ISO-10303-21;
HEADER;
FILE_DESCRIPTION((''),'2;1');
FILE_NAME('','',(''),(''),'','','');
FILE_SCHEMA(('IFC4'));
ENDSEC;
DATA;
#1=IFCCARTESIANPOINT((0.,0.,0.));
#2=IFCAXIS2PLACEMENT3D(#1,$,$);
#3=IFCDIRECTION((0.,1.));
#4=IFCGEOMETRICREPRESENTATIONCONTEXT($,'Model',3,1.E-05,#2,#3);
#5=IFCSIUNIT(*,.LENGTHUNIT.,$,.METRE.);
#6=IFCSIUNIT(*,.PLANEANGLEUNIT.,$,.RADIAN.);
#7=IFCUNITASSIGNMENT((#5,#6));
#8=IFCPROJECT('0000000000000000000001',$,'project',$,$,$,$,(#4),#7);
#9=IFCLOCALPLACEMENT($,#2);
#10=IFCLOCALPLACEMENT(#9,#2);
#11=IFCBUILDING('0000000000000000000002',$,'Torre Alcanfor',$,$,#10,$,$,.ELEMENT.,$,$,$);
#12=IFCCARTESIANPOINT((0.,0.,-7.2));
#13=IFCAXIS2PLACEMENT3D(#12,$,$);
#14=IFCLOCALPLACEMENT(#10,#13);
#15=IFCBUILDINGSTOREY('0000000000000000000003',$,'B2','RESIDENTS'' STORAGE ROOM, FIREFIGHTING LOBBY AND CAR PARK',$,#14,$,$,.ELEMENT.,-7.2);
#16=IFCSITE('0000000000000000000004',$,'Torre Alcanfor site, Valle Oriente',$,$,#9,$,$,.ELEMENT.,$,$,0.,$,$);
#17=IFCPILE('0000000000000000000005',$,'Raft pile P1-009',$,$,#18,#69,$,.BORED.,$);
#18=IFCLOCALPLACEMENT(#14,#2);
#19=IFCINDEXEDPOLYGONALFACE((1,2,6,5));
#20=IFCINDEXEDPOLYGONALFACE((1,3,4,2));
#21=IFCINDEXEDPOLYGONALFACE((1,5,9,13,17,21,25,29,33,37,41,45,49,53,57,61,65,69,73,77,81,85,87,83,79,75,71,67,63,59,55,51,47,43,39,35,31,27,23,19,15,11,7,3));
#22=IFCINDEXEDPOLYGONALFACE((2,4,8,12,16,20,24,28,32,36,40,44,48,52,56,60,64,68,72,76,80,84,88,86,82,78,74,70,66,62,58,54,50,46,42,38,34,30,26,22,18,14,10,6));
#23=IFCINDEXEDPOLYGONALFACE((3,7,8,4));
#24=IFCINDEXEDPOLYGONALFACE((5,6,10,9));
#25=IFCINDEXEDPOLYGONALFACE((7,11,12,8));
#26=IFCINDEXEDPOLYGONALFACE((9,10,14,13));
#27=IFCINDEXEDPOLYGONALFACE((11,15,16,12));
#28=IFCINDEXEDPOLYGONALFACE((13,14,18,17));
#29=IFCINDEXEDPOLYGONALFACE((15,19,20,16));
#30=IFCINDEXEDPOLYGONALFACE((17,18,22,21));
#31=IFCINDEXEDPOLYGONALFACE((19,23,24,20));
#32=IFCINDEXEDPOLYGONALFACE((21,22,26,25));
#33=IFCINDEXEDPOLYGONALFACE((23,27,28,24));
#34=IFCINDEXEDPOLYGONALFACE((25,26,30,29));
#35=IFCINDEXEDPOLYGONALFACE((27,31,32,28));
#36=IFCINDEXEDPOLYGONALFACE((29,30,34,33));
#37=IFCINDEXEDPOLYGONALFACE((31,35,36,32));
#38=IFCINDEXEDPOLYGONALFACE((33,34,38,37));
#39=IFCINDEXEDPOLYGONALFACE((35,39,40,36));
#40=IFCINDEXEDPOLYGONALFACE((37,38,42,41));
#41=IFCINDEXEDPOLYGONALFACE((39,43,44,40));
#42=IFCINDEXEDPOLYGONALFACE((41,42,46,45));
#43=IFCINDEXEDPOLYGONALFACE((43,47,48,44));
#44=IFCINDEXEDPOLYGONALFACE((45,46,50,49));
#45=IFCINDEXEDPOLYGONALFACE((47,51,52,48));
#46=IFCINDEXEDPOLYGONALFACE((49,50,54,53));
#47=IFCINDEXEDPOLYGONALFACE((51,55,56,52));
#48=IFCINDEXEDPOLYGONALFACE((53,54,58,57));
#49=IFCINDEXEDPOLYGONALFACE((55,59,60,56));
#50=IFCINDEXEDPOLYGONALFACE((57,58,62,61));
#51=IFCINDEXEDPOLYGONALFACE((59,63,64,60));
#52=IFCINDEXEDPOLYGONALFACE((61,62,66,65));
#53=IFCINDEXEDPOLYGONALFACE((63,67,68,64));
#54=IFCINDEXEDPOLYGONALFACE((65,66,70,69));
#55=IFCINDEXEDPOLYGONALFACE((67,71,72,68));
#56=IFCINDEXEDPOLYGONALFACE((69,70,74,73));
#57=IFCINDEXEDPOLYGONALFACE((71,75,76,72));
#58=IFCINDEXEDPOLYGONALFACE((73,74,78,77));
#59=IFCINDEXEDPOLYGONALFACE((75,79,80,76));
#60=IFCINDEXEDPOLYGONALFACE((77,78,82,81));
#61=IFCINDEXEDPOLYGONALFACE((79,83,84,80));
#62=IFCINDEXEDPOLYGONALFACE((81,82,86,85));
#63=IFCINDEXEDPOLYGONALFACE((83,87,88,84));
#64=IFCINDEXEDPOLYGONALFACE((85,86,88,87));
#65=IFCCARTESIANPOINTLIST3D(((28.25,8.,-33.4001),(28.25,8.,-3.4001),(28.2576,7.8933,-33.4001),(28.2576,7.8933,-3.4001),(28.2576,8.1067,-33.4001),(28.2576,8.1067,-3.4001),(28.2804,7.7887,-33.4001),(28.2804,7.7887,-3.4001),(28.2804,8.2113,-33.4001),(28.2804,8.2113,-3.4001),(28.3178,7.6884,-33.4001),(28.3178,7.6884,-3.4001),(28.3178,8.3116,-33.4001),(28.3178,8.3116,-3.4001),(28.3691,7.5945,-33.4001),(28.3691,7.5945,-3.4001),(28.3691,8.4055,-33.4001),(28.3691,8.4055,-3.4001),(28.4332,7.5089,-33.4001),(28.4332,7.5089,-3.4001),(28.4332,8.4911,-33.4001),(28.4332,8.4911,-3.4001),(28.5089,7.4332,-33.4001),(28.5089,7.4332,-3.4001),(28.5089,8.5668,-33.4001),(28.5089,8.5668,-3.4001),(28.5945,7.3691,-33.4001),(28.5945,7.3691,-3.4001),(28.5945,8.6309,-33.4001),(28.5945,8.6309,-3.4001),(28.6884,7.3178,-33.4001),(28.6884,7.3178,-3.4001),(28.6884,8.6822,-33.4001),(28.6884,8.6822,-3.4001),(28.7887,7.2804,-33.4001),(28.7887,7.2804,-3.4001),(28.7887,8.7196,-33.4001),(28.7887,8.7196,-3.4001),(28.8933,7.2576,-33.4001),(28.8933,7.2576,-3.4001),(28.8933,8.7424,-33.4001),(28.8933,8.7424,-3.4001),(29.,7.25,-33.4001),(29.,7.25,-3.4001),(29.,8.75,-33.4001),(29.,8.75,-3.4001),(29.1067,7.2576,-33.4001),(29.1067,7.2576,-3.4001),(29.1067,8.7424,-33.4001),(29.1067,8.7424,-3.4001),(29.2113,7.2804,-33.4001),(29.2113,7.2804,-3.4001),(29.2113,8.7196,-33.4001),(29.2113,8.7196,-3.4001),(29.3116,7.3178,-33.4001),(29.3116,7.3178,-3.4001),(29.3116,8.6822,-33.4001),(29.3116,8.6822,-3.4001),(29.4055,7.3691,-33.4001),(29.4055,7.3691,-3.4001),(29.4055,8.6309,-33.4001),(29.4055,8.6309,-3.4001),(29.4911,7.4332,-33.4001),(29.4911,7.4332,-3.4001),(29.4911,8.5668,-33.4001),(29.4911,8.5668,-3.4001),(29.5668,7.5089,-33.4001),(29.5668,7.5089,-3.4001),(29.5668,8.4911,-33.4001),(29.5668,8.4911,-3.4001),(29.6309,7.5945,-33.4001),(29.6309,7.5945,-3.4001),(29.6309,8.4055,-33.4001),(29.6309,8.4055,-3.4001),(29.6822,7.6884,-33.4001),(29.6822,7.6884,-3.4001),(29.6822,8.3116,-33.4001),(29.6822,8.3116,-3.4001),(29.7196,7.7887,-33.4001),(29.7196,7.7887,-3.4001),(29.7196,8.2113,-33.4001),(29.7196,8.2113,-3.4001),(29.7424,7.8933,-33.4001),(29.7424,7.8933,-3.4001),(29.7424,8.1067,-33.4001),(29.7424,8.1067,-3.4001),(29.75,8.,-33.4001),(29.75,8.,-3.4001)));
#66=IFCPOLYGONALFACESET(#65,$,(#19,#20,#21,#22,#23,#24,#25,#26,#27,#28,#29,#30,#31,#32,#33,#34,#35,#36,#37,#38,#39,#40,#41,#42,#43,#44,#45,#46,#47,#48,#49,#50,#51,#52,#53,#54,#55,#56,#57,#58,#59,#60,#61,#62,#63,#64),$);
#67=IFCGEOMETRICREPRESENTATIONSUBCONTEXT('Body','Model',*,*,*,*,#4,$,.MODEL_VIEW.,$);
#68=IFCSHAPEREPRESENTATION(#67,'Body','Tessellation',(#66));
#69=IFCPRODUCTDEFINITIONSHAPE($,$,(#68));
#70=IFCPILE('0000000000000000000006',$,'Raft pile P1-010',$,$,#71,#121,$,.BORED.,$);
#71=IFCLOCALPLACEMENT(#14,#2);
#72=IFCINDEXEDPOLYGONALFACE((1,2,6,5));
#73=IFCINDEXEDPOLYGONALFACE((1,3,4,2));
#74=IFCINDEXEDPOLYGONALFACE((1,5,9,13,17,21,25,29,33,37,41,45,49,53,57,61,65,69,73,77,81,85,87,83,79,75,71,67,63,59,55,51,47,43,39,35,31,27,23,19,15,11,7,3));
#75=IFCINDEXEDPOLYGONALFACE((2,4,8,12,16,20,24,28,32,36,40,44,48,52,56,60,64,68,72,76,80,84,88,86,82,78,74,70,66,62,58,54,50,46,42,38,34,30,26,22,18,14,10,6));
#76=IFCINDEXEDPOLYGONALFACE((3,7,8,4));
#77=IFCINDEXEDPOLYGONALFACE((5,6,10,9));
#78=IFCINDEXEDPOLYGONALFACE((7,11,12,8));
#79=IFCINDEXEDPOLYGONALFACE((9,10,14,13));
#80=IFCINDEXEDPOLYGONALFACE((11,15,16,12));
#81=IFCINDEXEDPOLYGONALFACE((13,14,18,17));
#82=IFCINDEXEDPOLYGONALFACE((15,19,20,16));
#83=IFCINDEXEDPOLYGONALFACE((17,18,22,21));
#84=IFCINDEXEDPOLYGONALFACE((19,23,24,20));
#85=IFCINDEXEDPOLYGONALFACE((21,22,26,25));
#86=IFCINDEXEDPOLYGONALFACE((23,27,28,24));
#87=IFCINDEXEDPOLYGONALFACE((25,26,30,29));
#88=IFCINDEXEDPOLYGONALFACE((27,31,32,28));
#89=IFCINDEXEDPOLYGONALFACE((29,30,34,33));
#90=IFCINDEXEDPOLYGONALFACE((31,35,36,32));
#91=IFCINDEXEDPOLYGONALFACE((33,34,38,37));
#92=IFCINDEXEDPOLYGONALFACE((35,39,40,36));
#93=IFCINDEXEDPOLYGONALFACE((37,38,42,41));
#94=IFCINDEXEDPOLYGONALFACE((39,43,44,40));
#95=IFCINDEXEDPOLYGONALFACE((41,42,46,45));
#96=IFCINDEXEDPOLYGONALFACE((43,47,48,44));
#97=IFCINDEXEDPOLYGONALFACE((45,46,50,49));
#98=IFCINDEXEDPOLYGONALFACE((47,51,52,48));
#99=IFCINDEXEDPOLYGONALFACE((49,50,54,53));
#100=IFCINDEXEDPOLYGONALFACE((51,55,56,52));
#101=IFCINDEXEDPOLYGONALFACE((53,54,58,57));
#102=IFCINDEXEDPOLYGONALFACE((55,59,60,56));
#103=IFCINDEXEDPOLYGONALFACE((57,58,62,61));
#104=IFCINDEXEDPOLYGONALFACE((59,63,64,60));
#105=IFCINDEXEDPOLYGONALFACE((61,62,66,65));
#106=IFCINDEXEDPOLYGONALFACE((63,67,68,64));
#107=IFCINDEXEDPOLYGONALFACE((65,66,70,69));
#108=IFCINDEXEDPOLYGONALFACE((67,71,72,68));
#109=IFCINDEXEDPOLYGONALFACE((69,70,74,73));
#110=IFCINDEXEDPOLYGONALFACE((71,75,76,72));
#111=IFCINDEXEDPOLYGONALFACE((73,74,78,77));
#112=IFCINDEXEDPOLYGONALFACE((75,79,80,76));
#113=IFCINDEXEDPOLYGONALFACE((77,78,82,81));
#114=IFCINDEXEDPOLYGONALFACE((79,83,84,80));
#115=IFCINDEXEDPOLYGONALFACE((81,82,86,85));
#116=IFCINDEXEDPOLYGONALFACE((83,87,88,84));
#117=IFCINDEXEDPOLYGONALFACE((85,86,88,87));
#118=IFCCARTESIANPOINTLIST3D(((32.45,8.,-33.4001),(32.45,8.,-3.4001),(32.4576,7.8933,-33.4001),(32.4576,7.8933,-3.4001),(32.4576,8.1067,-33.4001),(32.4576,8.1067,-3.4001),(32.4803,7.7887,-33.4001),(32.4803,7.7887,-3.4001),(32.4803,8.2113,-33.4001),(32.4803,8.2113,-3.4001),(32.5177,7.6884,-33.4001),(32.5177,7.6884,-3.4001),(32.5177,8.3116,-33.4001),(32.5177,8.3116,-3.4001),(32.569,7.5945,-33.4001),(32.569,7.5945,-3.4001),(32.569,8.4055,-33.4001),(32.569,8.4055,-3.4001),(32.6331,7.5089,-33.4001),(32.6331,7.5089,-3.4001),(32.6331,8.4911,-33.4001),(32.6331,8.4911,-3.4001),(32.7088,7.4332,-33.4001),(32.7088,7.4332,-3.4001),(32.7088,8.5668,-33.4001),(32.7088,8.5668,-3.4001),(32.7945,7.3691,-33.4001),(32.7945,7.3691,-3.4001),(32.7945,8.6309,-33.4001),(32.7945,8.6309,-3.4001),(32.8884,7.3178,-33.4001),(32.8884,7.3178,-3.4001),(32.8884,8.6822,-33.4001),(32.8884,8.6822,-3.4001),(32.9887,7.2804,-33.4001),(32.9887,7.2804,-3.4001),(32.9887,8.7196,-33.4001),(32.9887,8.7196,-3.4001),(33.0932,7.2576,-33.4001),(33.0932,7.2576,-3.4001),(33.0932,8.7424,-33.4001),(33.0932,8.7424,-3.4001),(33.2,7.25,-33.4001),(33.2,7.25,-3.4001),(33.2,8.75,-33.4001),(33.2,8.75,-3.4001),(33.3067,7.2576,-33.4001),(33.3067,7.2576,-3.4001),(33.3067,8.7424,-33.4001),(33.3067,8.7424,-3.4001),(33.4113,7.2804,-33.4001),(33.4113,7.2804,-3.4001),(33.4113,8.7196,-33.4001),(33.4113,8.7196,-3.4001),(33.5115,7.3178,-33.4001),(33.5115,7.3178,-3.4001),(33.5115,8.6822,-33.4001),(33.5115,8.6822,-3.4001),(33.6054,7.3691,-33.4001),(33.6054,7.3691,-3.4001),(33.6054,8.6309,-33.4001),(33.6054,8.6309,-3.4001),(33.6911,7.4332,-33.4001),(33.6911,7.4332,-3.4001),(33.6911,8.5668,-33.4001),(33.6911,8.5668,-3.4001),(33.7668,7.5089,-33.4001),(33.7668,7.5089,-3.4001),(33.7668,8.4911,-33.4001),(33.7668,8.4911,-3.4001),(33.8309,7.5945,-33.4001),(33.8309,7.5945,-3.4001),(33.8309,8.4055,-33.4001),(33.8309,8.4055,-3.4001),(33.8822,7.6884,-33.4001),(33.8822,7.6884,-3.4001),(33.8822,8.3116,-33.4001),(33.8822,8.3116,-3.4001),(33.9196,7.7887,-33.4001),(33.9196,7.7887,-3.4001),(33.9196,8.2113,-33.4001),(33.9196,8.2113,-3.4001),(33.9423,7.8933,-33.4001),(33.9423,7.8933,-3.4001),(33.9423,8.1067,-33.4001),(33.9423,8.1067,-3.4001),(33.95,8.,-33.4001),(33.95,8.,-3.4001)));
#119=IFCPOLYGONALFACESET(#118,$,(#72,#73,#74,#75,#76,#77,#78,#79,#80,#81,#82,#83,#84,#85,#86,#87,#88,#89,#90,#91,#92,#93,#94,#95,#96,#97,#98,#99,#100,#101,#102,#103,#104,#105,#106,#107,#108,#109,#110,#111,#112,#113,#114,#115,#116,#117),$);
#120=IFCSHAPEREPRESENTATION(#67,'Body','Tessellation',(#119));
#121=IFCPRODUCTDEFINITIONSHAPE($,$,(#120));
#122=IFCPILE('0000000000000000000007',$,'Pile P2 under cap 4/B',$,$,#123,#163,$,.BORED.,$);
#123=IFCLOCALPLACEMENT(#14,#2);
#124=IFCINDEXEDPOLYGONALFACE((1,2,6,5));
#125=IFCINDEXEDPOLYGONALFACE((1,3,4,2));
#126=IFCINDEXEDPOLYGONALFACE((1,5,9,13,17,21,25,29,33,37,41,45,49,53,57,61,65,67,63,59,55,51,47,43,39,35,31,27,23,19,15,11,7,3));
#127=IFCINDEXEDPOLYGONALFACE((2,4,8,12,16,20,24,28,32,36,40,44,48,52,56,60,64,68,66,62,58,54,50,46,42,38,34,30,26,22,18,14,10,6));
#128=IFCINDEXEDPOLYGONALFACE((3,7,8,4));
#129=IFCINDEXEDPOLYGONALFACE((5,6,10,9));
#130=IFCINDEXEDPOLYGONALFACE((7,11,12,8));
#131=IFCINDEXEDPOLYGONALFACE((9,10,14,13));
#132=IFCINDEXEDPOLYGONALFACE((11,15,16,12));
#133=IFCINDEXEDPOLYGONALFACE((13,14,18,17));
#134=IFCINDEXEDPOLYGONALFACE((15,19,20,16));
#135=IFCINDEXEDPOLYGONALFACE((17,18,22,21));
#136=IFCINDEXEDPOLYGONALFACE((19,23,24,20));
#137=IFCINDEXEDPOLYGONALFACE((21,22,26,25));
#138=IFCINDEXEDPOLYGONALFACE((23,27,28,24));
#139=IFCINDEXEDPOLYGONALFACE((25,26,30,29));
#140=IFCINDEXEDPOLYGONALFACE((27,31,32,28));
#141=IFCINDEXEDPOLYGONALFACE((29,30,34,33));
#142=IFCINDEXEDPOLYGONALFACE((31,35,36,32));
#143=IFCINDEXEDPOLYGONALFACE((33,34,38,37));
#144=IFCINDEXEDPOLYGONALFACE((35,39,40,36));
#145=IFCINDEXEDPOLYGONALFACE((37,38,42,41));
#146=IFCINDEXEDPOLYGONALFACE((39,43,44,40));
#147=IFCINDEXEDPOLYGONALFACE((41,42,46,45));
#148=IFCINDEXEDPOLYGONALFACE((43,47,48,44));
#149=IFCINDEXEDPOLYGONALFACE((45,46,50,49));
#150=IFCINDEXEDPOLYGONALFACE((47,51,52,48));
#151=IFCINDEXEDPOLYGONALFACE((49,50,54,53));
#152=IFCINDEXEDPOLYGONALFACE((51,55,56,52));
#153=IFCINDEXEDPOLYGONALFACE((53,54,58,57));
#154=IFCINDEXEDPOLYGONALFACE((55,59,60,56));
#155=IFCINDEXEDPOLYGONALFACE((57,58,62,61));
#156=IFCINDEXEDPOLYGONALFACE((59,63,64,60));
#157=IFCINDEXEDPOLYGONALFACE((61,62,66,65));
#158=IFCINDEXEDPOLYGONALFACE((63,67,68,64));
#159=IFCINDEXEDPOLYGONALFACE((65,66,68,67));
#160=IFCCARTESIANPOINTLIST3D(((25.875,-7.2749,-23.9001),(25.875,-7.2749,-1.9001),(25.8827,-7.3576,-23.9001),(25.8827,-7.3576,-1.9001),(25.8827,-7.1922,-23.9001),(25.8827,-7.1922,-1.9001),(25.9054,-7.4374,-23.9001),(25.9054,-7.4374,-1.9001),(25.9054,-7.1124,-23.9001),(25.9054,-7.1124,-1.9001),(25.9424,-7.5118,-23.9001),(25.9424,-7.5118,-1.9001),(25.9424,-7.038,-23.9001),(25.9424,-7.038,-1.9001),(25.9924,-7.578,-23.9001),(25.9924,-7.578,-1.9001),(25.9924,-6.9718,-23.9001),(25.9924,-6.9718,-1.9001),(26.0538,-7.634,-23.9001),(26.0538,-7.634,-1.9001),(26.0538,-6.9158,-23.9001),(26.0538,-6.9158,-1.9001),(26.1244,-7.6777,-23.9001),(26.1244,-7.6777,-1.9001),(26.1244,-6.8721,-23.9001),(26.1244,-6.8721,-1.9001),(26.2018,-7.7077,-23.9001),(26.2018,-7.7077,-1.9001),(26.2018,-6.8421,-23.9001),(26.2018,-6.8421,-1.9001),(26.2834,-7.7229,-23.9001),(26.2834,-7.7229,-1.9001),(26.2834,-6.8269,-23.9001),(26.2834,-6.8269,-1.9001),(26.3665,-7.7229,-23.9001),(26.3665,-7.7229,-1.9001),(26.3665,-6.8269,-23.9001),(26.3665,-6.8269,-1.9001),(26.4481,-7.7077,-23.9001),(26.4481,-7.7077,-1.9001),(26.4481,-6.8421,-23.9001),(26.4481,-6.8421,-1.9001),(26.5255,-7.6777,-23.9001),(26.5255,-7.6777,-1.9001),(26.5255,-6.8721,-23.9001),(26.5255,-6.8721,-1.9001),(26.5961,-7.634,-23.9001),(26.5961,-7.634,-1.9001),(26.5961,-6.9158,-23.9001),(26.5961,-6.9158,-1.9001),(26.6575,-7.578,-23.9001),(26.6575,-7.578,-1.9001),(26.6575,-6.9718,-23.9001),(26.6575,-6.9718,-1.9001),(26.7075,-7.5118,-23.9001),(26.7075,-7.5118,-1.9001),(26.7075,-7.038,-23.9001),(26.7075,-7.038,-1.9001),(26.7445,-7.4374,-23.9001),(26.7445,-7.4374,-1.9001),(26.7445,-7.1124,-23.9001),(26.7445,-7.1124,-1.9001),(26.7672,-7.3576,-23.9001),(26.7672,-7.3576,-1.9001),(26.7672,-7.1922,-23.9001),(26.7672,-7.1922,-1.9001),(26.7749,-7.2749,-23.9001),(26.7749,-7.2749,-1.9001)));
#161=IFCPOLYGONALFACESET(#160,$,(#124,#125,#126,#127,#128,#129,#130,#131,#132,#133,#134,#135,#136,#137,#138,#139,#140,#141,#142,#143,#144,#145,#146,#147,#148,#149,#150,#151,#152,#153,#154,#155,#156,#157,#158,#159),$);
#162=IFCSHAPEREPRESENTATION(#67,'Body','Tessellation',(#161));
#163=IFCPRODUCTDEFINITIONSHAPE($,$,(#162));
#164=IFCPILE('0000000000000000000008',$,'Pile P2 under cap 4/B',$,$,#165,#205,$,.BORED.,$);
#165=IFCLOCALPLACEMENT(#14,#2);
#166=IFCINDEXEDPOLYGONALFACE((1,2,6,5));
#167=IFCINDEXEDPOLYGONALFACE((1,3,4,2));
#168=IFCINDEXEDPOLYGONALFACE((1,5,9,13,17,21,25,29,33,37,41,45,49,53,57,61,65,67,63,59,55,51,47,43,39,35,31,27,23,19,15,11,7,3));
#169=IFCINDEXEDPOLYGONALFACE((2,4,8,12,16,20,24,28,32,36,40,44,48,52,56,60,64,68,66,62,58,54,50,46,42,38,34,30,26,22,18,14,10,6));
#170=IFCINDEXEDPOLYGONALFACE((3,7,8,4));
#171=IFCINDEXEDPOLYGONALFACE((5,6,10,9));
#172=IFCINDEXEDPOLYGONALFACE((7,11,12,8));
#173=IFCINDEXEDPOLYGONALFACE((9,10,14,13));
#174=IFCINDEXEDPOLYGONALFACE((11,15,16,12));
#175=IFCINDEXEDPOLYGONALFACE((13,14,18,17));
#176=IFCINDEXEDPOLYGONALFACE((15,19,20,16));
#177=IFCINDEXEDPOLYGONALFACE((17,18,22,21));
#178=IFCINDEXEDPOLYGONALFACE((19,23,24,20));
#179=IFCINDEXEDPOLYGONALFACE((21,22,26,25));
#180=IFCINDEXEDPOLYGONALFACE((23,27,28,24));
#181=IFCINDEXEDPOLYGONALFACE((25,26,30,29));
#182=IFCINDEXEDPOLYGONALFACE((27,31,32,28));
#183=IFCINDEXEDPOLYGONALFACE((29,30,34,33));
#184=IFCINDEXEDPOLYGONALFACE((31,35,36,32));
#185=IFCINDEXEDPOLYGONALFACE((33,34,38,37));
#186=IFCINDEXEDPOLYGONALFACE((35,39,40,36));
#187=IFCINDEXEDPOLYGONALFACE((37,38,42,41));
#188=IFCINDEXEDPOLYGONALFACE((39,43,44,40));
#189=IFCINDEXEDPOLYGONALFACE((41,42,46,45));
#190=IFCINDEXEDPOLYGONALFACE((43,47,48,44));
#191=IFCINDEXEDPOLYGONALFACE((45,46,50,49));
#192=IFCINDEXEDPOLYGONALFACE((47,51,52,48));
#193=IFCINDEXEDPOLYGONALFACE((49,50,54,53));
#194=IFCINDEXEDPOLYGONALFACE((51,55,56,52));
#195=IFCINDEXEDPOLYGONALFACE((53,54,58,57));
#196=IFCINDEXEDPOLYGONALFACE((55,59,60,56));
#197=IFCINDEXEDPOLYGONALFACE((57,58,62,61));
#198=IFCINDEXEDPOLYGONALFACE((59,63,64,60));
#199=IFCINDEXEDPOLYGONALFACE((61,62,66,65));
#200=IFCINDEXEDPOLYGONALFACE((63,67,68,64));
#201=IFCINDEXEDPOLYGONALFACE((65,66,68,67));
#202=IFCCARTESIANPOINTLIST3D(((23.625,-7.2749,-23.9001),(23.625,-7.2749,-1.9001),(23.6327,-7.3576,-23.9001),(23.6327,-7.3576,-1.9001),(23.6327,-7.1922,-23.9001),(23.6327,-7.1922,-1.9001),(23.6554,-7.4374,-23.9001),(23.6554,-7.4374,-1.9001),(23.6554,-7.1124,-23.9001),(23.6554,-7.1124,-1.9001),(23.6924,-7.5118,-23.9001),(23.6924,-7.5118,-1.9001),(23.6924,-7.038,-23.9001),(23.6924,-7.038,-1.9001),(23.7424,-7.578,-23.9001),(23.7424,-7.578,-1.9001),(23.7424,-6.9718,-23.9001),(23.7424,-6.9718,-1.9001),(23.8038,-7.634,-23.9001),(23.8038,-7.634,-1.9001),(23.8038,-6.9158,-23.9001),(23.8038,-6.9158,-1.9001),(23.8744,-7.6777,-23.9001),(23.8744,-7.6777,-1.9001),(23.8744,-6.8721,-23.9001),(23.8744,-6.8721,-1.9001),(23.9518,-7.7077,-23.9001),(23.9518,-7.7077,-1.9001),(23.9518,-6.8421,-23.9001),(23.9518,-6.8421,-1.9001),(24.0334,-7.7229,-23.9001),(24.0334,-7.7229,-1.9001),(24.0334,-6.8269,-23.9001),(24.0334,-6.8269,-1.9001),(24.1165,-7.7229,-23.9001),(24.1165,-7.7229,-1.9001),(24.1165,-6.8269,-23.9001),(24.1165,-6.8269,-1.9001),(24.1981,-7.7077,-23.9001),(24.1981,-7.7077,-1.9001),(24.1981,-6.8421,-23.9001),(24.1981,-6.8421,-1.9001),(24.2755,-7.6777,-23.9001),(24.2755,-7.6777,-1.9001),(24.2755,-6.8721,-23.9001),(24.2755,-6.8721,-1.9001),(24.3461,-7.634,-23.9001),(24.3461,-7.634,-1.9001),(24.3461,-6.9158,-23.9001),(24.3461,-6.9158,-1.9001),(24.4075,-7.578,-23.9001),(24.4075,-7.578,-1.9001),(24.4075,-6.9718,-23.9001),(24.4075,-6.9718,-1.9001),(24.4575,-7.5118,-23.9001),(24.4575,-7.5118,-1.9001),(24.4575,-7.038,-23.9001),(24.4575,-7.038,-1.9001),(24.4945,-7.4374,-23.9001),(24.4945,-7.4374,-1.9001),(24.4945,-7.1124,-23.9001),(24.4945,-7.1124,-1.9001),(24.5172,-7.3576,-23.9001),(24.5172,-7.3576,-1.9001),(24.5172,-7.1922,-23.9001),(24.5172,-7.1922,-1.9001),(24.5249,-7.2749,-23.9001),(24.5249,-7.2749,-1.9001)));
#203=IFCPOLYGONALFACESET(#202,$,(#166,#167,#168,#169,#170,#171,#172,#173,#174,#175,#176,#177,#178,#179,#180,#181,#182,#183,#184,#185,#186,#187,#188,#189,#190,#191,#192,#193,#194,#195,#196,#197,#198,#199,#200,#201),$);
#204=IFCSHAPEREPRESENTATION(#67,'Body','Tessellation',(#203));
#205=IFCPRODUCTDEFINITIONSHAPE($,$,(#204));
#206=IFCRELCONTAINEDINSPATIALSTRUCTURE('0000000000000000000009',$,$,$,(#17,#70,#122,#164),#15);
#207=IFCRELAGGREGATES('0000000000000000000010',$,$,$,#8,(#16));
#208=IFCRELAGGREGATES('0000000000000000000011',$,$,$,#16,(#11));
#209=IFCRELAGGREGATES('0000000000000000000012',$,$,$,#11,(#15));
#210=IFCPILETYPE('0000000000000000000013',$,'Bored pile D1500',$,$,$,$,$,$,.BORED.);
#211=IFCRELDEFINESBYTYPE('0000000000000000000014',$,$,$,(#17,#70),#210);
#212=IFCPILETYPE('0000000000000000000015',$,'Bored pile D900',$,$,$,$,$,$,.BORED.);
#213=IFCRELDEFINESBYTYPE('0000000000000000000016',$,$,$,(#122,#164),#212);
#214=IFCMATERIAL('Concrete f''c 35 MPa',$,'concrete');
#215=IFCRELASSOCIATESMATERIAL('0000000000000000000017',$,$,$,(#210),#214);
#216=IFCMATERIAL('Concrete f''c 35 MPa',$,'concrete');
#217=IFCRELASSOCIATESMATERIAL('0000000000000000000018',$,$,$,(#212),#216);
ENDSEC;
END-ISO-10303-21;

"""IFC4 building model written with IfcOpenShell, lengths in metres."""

from ifc_helpers import new_model, si_unit, direction, frame, origin, origin_2d, place, context, subcontext, project, spatial, circle, extrude, material, material_profile, profile_set, type_object, element, save


model = new_model("IFC4")

# Units and contexts
model_context = context("Model", 3, precision=1e-05, world=origin(), true_north=direction((0.0, 1.0)))
body_context = subcontext(model_context, "Body", "Model", "MODEL_VIEW")
ifc_project = project(units=[si_unit("LENGTHUNIT", "METRE"), si_unit("PLANEANGLEUNIT", "RADIAN")], contexts=[model_context])

# Site, building, storey
site_placement = place(None, origin())
site = spatial("IfcSite", under=ifc_project, at=site_placement, Name="Torre Alcanfor site, Valle Oriente", CompositionType="ELEMENT", RefElevation=0.0)
building_placement = place(site_placement, origin())
building = spatial("IfcBuilding", under=site, at=building_placement, Name="Torre Alcanfor", CompositionType="ELEMENT")
storey_placement = place(building_placement, frame((0.0, 0.0, -7.2)))
storey = spatial("IfcBuildingStorey", under=building, at=storey_placement, Name="B2", Description="RESIDENTS' STORAGE ROOM, FIREFIGHTING LOBBY AND CAR PARK", CompositionType="ELEMENT", Elevation=-7.2)

# Piles
ifc_material_1 = material(Name="Concrete f'c 35 MPa", Category="concrete")
ifc_material_profile_1 = material_profile(ifc_material_1, circle(Radius=0.75, at=origin_2d()), Name="D1500")
ifc_profile_set_1 = profile_set([ifc_material_profile_1], Name="Concrete f'c 35 MPa")
pile_type_1 = type_object("IfcPileType", Name="Bored pile D1500", PredefinedType="BORED", material=ifc_profile_set_1)
for number, where, z_axis, x_axis, name in (
    (1, (29.0, 8.0, -3.4001), (0.0, 0.0, -1.0), (1.0, 0.0, 0.0), "Raft pile P1-009"),
    (2, (33.2, 8.0, -3.4001), (0.0, 0.0, -1.0), (1.0, 0.0, 0.0), "Raft pile P1-010"),
):
    element("IfcPile", number, at=place(storey_placement, frame(where, z_axis=z_axis, x_axis=x_axis)), inside=storey, type_object=pile_type_1, Name=name, PredefinedType="BORED", context=body_context, shape_type="SweptSolid", body=[
        extrude(circle(Radius=0.75, at=origin_2d()), origin(), (0.0, 0.0, 1.0), 30.0),
    ])
ifc_material_2 = material(Name="Concrete f'c 35 MPa", Category="concrete")
ifc_material_profile_2 = material_profile(ifc_material_2, circle(Radius=0.45, at=origin_2d()), Name="D900")
ifc_profile_set_2 = profile_set([ifc_material_profile_2], Name="Concrete f'c 35 MPa")
pile_type_2 = type_object("IfcPileType", Name="Bored pile D900", PredefinedType="BORED", material=ifc_profile_set_2)
for number, where, z_axis, x_axis, name in (
    (3, (26.325, -7.2749, -1.9001), (0.0, 0.0, -1.0), (1.0, 0.0, 0.0), "Pile P2 under cap 4/B"),
    (4, (24.075, -7.2749, -1.9001), (0.0, 0.0, -1.0), (1.0, 0.0, 0.0), "Pile P2 under cap 4/B"),
):
    element("IfcPile", number, at=place(storey_placement, frame(where, z_axis=z_axis, x_axis=x_axis)), inside=storey, type_object=pile_type_2, Name=name, PredefinedType="BORED", context=body_context, shape_type="SweptSolid", body=[
        extrude(circle(Radius=0.45, at=origin_2d()), origin(), (0.0, 0.0, 1.0), 22.0),
    ])

save(model, "model.ifc")
